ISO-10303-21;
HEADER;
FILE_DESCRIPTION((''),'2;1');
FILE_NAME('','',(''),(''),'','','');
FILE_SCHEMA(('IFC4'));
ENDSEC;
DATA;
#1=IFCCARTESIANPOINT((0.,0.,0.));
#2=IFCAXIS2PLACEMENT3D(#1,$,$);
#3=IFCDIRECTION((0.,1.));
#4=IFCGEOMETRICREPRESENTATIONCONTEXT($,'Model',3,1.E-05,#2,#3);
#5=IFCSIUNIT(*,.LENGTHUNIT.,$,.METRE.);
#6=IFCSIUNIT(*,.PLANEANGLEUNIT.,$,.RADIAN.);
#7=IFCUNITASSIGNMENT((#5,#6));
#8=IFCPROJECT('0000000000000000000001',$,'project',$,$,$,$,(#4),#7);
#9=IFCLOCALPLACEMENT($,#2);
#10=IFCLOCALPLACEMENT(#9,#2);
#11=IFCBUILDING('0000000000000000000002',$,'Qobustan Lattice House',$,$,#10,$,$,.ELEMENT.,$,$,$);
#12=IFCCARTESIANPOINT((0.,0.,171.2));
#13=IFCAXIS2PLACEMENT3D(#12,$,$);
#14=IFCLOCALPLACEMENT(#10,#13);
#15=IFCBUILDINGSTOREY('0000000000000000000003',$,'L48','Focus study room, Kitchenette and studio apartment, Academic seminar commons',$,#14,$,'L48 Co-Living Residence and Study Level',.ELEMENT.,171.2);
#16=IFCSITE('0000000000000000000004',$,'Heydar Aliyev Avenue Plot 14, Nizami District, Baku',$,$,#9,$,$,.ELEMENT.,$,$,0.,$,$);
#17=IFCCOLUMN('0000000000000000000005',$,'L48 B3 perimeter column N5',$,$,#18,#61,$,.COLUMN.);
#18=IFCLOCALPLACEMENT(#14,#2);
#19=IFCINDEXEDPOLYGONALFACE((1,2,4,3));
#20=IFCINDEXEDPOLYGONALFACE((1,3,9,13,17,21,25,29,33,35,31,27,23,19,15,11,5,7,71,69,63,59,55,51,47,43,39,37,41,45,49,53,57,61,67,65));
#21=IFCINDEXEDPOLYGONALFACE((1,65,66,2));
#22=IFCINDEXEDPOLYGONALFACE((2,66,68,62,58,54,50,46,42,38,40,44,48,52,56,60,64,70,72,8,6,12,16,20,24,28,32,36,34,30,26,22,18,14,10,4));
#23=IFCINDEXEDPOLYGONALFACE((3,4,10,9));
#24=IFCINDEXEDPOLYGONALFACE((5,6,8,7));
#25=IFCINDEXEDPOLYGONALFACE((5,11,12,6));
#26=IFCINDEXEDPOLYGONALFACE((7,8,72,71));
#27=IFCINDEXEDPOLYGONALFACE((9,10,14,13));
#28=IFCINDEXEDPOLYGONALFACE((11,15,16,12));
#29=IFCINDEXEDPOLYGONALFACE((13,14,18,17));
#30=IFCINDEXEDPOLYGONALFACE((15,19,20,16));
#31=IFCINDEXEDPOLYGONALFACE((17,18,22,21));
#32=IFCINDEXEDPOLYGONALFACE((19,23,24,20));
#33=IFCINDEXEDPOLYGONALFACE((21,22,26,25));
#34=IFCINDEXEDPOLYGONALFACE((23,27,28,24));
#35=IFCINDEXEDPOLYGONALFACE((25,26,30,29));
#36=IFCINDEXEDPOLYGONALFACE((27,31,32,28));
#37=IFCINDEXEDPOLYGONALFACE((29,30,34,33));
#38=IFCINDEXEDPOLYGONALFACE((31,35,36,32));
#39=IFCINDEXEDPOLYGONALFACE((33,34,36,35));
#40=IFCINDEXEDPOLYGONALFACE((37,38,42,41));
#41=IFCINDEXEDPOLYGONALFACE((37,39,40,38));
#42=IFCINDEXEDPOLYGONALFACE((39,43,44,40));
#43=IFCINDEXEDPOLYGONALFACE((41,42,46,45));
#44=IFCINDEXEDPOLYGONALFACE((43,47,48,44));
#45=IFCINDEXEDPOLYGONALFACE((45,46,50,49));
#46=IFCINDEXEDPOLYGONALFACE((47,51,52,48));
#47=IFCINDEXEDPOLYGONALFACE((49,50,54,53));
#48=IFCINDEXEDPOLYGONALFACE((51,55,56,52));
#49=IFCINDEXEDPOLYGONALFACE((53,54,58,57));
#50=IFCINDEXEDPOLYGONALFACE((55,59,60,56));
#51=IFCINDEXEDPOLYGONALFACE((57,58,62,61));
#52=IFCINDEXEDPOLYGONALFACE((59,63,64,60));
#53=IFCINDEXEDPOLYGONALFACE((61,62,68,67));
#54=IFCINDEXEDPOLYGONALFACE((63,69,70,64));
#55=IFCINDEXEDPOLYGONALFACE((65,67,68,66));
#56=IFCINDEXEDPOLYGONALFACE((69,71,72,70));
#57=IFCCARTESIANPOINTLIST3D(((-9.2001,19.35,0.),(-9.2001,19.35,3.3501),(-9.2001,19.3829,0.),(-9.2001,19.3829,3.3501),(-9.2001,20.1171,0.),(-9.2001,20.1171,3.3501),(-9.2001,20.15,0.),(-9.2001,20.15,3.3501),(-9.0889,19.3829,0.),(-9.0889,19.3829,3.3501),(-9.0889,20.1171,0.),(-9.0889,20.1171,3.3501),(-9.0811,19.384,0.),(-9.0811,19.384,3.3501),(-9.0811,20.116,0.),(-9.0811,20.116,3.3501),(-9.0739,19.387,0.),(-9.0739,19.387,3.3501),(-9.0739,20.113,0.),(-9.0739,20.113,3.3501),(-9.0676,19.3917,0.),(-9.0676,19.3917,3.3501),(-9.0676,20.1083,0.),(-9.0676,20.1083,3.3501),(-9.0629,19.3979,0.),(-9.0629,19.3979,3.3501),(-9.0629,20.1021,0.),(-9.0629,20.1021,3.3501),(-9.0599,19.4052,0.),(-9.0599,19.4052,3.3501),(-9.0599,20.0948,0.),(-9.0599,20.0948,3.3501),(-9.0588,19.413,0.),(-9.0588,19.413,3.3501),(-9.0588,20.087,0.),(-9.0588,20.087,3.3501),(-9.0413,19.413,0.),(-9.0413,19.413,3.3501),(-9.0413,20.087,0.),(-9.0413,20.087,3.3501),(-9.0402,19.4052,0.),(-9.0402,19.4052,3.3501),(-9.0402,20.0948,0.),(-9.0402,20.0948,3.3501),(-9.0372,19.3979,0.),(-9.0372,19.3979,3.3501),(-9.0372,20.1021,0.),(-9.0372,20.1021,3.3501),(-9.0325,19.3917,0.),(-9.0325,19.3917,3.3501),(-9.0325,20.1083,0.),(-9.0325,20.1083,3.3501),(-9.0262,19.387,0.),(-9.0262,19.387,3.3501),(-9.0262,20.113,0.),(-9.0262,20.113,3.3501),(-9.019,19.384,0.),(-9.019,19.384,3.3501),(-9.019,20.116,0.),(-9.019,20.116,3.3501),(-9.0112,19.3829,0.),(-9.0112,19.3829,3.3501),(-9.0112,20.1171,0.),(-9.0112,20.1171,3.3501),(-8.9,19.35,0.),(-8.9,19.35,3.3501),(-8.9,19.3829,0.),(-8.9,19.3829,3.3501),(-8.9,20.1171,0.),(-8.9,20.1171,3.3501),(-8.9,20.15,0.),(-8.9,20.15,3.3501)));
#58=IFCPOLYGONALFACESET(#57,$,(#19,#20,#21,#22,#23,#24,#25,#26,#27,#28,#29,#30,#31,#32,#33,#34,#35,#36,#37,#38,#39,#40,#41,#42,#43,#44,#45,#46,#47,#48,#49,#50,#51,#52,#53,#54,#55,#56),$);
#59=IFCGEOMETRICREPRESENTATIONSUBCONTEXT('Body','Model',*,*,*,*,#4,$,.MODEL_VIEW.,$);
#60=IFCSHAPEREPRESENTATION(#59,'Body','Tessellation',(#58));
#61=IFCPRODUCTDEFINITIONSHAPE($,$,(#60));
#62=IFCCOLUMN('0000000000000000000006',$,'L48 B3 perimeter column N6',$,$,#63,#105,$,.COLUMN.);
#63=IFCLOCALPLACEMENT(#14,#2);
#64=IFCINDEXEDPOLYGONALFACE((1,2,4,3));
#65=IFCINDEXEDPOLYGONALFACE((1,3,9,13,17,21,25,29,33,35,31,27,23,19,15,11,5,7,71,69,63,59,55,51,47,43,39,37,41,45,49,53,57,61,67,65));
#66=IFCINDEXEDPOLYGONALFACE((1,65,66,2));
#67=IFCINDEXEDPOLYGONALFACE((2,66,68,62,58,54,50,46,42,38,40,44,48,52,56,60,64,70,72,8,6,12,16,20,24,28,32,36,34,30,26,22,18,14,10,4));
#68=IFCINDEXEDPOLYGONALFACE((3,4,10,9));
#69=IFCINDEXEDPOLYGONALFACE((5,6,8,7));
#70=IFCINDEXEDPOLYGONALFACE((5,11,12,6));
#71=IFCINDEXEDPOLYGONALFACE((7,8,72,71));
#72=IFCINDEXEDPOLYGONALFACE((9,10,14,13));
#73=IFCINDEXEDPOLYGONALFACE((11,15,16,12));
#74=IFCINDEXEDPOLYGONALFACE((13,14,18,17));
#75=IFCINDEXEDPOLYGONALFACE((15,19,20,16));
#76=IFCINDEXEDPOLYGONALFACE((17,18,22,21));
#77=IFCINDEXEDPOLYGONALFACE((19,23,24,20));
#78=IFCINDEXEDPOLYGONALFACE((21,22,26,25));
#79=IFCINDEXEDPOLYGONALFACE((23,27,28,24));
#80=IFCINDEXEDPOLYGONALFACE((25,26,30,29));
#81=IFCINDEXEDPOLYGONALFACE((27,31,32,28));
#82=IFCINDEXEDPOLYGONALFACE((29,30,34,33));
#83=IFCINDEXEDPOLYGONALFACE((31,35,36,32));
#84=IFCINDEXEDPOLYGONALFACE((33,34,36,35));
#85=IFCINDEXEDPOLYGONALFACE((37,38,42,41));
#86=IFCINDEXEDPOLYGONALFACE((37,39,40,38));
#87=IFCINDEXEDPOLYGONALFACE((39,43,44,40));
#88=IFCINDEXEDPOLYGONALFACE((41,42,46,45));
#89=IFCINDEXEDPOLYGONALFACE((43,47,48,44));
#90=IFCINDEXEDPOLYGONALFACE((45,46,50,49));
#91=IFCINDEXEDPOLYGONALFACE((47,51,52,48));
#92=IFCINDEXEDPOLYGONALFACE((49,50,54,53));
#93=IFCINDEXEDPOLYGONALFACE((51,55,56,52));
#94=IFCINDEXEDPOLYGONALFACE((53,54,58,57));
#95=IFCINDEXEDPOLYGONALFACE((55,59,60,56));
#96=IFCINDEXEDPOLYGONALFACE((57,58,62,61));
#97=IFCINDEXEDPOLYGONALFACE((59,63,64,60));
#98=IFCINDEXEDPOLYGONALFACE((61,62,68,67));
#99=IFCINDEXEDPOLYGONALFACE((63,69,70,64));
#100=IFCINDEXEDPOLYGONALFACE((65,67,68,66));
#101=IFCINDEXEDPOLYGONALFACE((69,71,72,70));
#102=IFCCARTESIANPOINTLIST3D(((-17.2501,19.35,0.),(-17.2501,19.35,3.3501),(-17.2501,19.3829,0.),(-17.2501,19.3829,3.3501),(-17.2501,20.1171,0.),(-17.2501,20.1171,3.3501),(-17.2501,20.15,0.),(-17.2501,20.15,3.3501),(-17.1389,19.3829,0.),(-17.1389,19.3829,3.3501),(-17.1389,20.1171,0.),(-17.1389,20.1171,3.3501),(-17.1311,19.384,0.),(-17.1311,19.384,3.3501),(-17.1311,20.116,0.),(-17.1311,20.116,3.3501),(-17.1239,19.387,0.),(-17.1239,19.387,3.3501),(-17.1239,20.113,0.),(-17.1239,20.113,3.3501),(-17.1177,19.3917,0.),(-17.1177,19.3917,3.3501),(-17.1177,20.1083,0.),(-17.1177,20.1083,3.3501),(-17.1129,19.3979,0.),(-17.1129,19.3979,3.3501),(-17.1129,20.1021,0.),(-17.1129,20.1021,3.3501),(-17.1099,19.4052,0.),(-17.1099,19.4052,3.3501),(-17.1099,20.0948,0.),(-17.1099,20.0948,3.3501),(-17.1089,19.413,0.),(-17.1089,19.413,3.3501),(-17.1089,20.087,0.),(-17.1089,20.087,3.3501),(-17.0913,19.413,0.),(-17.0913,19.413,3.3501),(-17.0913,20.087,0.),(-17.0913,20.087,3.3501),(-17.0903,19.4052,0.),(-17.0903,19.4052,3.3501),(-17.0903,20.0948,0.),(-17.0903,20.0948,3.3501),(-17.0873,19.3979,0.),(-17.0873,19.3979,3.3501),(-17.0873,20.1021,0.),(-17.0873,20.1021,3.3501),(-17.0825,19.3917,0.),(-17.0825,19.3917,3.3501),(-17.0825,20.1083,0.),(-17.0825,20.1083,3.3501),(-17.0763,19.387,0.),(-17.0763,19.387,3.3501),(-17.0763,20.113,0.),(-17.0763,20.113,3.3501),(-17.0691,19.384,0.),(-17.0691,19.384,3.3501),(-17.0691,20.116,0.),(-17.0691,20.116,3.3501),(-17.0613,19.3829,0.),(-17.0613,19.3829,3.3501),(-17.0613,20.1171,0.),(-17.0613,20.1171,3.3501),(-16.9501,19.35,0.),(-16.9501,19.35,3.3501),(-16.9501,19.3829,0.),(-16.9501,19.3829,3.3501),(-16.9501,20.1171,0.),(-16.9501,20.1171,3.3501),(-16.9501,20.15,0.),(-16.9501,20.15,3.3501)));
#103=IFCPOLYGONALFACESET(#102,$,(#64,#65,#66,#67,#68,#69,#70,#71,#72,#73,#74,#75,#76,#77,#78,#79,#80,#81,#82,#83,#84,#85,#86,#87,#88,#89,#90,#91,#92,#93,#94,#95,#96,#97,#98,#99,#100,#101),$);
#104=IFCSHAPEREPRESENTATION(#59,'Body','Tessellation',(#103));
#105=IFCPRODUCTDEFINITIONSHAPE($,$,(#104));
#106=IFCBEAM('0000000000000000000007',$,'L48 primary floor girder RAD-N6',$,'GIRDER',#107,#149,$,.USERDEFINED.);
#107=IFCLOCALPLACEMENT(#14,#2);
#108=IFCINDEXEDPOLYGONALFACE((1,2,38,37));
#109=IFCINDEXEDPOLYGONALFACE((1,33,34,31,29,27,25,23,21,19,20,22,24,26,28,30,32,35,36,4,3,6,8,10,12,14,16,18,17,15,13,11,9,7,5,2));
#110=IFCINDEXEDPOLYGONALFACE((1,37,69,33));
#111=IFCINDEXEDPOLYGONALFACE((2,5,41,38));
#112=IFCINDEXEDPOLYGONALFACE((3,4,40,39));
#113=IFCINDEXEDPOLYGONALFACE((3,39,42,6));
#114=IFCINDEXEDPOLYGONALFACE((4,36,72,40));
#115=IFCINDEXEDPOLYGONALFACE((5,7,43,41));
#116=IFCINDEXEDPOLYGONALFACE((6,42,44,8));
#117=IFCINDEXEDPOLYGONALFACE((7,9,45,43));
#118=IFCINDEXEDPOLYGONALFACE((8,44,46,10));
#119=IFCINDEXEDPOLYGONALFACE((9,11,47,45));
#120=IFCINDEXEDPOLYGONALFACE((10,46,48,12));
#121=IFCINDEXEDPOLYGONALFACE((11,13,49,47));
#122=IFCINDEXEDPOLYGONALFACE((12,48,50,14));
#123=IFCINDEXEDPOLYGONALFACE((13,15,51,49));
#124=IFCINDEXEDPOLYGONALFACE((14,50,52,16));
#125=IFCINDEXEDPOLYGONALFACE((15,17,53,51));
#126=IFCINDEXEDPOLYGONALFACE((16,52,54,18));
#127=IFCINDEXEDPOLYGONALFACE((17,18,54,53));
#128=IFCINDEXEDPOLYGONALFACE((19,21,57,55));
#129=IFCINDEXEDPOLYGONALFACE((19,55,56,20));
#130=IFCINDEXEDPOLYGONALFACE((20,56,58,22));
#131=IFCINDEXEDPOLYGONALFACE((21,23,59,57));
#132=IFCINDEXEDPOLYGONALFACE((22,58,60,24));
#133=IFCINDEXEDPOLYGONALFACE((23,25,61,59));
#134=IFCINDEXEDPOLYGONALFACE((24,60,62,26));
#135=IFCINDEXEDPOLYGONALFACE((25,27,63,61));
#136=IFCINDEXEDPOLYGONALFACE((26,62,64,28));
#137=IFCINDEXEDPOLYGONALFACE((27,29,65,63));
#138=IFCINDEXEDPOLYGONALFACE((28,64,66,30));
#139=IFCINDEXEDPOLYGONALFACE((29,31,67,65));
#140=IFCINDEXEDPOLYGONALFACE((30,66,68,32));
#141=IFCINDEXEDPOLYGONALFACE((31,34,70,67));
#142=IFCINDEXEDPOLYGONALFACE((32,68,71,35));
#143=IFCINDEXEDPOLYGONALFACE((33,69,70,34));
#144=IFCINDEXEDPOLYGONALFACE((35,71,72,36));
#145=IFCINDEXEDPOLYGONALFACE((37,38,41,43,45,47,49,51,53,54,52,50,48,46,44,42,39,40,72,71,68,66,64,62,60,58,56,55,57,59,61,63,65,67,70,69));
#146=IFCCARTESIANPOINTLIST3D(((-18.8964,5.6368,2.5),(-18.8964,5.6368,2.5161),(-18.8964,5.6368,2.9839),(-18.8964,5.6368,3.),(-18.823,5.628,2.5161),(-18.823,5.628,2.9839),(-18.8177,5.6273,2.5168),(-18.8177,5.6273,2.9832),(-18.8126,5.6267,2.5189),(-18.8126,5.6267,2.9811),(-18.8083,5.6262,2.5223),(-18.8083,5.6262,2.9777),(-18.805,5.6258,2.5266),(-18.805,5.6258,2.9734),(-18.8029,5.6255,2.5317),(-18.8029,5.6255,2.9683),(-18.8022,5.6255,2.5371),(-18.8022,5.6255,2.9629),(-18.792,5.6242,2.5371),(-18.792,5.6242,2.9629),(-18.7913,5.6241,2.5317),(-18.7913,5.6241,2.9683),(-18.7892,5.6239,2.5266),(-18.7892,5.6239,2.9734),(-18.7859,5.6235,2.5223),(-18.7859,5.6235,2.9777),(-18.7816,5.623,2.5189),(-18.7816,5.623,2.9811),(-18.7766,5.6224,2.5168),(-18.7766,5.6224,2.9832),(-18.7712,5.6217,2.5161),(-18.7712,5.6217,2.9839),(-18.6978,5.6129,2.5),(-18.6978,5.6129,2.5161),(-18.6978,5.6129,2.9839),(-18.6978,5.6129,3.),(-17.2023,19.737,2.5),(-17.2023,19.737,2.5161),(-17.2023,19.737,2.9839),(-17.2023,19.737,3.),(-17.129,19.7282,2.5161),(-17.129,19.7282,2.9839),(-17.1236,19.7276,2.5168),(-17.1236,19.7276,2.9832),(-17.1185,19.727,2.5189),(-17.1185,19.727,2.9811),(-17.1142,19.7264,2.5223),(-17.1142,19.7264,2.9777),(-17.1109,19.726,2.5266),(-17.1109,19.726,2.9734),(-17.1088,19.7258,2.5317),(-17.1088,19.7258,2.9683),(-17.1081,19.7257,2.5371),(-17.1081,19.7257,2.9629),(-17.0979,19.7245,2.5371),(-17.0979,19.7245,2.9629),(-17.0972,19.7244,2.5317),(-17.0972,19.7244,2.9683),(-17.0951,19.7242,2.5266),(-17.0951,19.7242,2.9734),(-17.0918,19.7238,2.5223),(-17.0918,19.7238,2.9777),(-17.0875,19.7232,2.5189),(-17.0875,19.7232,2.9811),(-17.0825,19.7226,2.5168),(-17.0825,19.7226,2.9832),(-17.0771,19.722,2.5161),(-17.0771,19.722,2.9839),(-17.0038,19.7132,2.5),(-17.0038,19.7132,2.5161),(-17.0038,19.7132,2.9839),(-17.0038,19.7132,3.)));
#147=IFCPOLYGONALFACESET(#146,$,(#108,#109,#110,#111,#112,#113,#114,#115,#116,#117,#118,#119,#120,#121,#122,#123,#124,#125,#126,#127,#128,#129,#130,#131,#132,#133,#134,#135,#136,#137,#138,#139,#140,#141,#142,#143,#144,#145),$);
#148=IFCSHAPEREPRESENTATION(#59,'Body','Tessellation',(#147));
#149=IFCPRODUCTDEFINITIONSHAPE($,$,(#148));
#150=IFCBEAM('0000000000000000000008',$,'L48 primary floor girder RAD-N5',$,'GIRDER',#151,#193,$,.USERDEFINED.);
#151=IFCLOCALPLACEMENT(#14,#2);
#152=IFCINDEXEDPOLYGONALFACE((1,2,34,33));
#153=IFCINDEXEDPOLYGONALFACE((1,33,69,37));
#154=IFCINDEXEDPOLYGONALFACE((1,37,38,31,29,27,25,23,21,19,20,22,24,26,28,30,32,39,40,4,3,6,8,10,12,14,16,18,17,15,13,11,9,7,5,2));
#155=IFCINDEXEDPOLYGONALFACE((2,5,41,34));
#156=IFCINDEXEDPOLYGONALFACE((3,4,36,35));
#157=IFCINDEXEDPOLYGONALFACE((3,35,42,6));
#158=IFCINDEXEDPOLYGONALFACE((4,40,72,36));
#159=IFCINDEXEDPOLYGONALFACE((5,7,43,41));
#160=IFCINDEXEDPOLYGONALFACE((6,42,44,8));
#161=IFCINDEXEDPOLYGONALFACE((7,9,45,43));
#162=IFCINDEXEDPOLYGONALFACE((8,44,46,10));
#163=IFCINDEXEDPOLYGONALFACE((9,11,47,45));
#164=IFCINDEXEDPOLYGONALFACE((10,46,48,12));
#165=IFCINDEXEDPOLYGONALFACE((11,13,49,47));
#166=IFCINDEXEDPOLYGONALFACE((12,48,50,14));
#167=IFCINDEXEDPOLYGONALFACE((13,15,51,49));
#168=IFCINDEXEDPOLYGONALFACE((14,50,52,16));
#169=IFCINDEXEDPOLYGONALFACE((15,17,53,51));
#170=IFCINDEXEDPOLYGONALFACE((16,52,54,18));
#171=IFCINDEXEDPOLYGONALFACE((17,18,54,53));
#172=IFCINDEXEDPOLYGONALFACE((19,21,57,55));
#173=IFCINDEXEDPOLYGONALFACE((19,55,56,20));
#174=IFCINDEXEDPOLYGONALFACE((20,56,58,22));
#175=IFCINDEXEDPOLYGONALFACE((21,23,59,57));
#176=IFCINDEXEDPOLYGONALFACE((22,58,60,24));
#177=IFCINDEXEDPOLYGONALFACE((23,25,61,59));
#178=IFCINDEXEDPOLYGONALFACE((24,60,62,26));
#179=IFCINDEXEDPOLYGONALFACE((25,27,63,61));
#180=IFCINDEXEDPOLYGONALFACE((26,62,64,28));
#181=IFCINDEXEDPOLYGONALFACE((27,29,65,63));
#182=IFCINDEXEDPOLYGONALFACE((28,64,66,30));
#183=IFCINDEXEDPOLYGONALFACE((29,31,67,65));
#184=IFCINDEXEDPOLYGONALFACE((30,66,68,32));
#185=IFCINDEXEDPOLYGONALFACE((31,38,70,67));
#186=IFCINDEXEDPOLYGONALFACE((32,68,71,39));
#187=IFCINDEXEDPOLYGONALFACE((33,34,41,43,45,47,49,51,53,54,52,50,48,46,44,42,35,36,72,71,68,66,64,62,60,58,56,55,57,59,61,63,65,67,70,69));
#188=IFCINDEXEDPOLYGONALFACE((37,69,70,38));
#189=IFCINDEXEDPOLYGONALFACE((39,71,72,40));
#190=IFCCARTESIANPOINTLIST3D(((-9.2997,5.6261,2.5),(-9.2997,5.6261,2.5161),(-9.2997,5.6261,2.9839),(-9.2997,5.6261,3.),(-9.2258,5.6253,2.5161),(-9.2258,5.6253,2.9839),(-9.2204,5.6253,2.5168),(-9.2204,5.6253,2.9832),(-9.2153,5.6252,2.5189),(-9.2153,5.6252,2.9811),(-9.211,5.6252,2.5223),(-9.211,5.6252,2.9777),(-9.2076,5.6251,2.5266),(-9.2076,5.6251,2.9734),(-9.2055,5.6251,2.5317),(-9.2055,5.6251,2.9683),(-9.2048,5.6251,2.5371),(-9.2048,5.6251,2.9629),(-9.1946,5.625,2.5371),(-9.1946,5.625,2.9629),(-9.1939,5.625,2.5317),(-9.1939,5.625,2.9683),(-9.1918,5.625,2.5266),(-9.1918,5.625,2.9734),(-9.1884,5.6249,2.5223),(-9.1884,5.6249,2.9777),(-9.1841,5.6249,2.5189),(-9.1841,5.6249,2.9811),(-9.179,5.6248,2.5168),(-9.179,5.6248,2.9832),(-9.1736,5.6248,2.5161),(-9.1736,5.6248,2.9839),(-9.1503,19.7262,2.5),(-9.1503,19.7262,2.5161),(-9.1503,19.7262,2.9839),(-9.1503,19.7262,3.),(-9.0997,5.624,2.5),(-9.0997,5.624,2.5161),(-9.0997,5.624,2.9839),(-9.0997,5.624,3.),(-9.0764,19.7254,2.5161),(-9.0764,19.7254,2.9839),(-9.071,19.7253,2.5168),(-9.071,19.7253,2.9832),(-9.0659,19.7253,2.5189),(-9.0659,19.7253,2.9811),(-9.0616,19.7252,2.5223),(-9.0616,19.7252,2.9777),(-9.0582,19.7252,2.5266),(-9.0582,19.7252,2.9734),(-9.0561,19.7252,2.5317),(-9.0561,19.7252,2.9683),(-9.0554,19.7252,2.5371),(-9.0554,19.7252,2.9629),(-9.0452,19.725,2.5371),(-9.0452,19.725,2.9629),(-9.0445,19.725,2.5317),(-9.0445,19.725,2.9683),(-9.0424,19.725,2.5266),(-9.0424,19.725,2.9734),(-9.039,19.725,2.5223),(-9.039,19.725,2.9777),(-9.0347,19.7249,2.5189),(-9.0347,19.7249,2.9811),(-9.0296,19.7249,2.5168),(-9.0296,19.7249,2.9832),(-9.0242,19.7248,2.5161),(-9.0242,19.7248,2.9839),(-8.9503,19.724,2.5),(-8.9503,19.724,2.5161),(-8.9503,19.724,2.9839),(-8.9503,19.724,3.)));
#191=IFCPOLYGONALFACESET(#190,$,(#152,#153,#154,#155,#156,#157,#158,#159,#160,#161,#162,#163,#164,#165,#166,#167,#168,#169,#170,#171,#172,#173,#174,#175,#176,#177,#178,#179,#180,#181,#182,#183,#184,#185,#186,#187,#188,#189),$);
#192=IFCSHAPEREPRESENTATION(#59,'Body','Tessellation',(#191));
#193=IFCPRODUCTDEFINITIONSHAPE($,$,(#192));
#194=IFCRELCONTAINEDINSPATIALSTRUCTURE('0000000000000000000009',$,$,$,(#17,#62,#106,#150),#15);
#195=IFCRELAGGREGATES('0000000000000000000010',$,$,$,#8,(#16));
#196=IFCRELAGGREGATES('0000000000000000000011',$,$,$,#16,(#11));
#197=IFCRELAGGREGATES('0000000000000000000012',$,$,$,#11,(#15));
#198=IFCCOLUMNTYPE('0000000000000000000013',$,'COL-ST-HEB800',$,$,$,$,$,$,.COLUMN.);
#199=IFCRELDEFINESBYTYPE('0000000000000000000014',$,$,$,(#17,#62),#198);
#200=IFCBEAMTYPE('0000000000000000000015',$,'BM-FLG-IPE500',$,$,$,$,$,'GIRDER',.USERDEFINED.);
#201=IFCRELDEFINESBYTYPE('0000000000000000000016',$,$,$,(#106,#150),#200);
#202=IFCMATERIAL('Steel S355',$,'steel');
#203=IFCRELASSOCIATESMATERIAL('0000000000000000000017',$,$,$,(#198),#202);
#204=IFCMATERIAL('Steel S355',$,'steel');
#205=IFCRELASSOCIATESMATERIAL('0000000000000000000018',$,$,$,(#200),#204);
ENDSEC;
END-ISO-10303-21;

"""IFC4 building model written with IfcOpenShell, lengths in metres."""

from ifc_helpers import new_model, si_unit, direction, frame, origin, origin_2d, place, context, subcontext, project, spatial, i_section, extrude, material, material_profile, profile_set, type_object, element, save


model = new_model("IFC4")

# Units and contexts
model_context = context("Model", 3, precision=1e-05, world=origin(), true_north=direction((0.0, 1.0)))
body_context = subcontext(model_context, "Body", "Model", "MODEL_VIEW")
ifc_project = project(units=[si_unit("LENGTHUNIT", "METRE"), si_unit("PLANEANGLEUNIT", "RADIAN")], contexts=[model_context])

# Site, building, storey
site_placement = place(None, origin())
site = spatial("IfcSite", under=ifc_project, at=site_placement, Name="Heydar Aliyev Avenue Plot 14, Nizami District, Baku", CompositionType="ELEMENT", RefElevation=0.0)
building_placement = place(site_placement, origin())
building = spatial("IfcBuilding", under=site, at=building_placement, Name="Qobustan Lattice House", CompositionType="ELEMENT")
storey_placement = place(building_placement, frame((0.0, 0.0, 171.2)))
storey = spatial("IfcBuildingStorey", under=building, at=storey_placement, Name="L48", Description="Focus study room, Kitchenette and studio apartment, Academic seminar commons", LongName="L48 Co-Living Residence and Study Level", CompositionType="ELEMENT", Elevation=171.2)

# Columns
ifc_material_1 = material(Name="Steel S355", Category="steel")
ifc_material_profile_1 = material_profile(ifc_material_1, i_section(OverallWidth=0.3, OverallDepth=0.8, WebThickness=0.0176, FlangeThickness=0.033, FilletRadius=0.03, at=origin_2d()), Name="HEB800")
ifc_profile_set_1 = profile_set([ifc_material_profile_1], Name="Steel S355")
column_type = type_object("IfcColumnType", Name="COL-ST-HEB800", PredefinedType="COLUMN", material=ifc_profile_set_1)
for number, where, z_axis, x_axis, name in (
    (1, (-9.05, 19.75, 0.0), (0.0, 0.0, 1.0), (1.0, 0.0, 0.0), "L48 B3 perimeter column N5"),
    (2, (-17.1001, 19.75, 0.0), (0.0, 0.0, 1.0), (1.0, 0.0, 0.0), "L48 B3 perimeter column N6"),
):
    element("IfcColumn", number, at=place(storey_placement, frame(where, z_axis=z_axis, x_axis=x_axis)), inside=storey, type_object=column_type, Name=name, PredefinedType="COLUMN", context=body_context, shape_type="SweptSolid", body=[
        extrude(i_section(OverallWidth=0.3, OverallDepth=0.8, WebThickness=0.0176, FlangeThickness=0.033, FilletRadius=0.03, at=origin_2d()), origin(), (0.0, 0.0, 1.0), 3.3501),
    ])

# Beams
ifc_material_2 = material(Name="Steel S355", Category="steel")
ifc_material_profile_2 = material_profile(ifc_material_2, i_section(OverallWidth=0.2, OverallDepth=0.5, WebThickness=0.0103, FlangeThickness=0.0161, FilletRadius=0.021, at=origin_2d()), Name="IPE500")
ifc_profile_set_2 = profile_set([ifc_material_profile_2], Name="Steel S355")
beam_type_1 = type_object("IfcBeamType", Name="BM-FLG-IPE500", ElementType="GIRDER", PredefinedType="USERDEFINED", material=ifc_profile_set_2)
beam_1_placement = place(storey_placement, frame((-17.103, 19.7251, 2.75), z_axis=(-0.119288, -0.99286, 0.0), x_axis=(0.99286, -0.119288, 0.0)))
element("IfcBeam", 3, at=beam_1_placement, inside=storey, type_object=beam_type_1, Name="L48 primary floor girder RAD-N6", ObjectType="GIRDER", PredefinedType="USERDEFINED", context=body_context, shape_type="SweptSolid", body=[
    extrude(i_section(OverallWidth=0.2, OverallDepth=0.5, WebThickness=0.0103, FlangeThickness=0.0161, FilletRadius=0.021, at=origin_2d()), origin(), (0.0, 0.0, 1.0), 14.2017),
])
beam_2_placement = place(storey_placement, frame((-9.0503, 19.7251, 2.75), z_axis=(-0.010596, -0.999944, 0.0), x_axis=(0.999944, -0.010596, 0.0)))
element("IfcBeam", 4, at=beam_2_placement, inside=storey, type_object=beam_type_1, Name="L48 primary floor girder RAD-N5", ObjectType="GIRDER", PredefinedType="USERDEFINED", context=body_context, shape_type="SweptSolid", body=[
    extrude(i_section(OverallWidth=0.2, OverallDepth=0.5, WebThickness=0.0103, FlangeThickness=0.0161, FilletRadius=0.021, at=origin_2d()), origin(), (0.0, 0.0, 1.0), 14.1008),
])

save(model, "model.ifc")
